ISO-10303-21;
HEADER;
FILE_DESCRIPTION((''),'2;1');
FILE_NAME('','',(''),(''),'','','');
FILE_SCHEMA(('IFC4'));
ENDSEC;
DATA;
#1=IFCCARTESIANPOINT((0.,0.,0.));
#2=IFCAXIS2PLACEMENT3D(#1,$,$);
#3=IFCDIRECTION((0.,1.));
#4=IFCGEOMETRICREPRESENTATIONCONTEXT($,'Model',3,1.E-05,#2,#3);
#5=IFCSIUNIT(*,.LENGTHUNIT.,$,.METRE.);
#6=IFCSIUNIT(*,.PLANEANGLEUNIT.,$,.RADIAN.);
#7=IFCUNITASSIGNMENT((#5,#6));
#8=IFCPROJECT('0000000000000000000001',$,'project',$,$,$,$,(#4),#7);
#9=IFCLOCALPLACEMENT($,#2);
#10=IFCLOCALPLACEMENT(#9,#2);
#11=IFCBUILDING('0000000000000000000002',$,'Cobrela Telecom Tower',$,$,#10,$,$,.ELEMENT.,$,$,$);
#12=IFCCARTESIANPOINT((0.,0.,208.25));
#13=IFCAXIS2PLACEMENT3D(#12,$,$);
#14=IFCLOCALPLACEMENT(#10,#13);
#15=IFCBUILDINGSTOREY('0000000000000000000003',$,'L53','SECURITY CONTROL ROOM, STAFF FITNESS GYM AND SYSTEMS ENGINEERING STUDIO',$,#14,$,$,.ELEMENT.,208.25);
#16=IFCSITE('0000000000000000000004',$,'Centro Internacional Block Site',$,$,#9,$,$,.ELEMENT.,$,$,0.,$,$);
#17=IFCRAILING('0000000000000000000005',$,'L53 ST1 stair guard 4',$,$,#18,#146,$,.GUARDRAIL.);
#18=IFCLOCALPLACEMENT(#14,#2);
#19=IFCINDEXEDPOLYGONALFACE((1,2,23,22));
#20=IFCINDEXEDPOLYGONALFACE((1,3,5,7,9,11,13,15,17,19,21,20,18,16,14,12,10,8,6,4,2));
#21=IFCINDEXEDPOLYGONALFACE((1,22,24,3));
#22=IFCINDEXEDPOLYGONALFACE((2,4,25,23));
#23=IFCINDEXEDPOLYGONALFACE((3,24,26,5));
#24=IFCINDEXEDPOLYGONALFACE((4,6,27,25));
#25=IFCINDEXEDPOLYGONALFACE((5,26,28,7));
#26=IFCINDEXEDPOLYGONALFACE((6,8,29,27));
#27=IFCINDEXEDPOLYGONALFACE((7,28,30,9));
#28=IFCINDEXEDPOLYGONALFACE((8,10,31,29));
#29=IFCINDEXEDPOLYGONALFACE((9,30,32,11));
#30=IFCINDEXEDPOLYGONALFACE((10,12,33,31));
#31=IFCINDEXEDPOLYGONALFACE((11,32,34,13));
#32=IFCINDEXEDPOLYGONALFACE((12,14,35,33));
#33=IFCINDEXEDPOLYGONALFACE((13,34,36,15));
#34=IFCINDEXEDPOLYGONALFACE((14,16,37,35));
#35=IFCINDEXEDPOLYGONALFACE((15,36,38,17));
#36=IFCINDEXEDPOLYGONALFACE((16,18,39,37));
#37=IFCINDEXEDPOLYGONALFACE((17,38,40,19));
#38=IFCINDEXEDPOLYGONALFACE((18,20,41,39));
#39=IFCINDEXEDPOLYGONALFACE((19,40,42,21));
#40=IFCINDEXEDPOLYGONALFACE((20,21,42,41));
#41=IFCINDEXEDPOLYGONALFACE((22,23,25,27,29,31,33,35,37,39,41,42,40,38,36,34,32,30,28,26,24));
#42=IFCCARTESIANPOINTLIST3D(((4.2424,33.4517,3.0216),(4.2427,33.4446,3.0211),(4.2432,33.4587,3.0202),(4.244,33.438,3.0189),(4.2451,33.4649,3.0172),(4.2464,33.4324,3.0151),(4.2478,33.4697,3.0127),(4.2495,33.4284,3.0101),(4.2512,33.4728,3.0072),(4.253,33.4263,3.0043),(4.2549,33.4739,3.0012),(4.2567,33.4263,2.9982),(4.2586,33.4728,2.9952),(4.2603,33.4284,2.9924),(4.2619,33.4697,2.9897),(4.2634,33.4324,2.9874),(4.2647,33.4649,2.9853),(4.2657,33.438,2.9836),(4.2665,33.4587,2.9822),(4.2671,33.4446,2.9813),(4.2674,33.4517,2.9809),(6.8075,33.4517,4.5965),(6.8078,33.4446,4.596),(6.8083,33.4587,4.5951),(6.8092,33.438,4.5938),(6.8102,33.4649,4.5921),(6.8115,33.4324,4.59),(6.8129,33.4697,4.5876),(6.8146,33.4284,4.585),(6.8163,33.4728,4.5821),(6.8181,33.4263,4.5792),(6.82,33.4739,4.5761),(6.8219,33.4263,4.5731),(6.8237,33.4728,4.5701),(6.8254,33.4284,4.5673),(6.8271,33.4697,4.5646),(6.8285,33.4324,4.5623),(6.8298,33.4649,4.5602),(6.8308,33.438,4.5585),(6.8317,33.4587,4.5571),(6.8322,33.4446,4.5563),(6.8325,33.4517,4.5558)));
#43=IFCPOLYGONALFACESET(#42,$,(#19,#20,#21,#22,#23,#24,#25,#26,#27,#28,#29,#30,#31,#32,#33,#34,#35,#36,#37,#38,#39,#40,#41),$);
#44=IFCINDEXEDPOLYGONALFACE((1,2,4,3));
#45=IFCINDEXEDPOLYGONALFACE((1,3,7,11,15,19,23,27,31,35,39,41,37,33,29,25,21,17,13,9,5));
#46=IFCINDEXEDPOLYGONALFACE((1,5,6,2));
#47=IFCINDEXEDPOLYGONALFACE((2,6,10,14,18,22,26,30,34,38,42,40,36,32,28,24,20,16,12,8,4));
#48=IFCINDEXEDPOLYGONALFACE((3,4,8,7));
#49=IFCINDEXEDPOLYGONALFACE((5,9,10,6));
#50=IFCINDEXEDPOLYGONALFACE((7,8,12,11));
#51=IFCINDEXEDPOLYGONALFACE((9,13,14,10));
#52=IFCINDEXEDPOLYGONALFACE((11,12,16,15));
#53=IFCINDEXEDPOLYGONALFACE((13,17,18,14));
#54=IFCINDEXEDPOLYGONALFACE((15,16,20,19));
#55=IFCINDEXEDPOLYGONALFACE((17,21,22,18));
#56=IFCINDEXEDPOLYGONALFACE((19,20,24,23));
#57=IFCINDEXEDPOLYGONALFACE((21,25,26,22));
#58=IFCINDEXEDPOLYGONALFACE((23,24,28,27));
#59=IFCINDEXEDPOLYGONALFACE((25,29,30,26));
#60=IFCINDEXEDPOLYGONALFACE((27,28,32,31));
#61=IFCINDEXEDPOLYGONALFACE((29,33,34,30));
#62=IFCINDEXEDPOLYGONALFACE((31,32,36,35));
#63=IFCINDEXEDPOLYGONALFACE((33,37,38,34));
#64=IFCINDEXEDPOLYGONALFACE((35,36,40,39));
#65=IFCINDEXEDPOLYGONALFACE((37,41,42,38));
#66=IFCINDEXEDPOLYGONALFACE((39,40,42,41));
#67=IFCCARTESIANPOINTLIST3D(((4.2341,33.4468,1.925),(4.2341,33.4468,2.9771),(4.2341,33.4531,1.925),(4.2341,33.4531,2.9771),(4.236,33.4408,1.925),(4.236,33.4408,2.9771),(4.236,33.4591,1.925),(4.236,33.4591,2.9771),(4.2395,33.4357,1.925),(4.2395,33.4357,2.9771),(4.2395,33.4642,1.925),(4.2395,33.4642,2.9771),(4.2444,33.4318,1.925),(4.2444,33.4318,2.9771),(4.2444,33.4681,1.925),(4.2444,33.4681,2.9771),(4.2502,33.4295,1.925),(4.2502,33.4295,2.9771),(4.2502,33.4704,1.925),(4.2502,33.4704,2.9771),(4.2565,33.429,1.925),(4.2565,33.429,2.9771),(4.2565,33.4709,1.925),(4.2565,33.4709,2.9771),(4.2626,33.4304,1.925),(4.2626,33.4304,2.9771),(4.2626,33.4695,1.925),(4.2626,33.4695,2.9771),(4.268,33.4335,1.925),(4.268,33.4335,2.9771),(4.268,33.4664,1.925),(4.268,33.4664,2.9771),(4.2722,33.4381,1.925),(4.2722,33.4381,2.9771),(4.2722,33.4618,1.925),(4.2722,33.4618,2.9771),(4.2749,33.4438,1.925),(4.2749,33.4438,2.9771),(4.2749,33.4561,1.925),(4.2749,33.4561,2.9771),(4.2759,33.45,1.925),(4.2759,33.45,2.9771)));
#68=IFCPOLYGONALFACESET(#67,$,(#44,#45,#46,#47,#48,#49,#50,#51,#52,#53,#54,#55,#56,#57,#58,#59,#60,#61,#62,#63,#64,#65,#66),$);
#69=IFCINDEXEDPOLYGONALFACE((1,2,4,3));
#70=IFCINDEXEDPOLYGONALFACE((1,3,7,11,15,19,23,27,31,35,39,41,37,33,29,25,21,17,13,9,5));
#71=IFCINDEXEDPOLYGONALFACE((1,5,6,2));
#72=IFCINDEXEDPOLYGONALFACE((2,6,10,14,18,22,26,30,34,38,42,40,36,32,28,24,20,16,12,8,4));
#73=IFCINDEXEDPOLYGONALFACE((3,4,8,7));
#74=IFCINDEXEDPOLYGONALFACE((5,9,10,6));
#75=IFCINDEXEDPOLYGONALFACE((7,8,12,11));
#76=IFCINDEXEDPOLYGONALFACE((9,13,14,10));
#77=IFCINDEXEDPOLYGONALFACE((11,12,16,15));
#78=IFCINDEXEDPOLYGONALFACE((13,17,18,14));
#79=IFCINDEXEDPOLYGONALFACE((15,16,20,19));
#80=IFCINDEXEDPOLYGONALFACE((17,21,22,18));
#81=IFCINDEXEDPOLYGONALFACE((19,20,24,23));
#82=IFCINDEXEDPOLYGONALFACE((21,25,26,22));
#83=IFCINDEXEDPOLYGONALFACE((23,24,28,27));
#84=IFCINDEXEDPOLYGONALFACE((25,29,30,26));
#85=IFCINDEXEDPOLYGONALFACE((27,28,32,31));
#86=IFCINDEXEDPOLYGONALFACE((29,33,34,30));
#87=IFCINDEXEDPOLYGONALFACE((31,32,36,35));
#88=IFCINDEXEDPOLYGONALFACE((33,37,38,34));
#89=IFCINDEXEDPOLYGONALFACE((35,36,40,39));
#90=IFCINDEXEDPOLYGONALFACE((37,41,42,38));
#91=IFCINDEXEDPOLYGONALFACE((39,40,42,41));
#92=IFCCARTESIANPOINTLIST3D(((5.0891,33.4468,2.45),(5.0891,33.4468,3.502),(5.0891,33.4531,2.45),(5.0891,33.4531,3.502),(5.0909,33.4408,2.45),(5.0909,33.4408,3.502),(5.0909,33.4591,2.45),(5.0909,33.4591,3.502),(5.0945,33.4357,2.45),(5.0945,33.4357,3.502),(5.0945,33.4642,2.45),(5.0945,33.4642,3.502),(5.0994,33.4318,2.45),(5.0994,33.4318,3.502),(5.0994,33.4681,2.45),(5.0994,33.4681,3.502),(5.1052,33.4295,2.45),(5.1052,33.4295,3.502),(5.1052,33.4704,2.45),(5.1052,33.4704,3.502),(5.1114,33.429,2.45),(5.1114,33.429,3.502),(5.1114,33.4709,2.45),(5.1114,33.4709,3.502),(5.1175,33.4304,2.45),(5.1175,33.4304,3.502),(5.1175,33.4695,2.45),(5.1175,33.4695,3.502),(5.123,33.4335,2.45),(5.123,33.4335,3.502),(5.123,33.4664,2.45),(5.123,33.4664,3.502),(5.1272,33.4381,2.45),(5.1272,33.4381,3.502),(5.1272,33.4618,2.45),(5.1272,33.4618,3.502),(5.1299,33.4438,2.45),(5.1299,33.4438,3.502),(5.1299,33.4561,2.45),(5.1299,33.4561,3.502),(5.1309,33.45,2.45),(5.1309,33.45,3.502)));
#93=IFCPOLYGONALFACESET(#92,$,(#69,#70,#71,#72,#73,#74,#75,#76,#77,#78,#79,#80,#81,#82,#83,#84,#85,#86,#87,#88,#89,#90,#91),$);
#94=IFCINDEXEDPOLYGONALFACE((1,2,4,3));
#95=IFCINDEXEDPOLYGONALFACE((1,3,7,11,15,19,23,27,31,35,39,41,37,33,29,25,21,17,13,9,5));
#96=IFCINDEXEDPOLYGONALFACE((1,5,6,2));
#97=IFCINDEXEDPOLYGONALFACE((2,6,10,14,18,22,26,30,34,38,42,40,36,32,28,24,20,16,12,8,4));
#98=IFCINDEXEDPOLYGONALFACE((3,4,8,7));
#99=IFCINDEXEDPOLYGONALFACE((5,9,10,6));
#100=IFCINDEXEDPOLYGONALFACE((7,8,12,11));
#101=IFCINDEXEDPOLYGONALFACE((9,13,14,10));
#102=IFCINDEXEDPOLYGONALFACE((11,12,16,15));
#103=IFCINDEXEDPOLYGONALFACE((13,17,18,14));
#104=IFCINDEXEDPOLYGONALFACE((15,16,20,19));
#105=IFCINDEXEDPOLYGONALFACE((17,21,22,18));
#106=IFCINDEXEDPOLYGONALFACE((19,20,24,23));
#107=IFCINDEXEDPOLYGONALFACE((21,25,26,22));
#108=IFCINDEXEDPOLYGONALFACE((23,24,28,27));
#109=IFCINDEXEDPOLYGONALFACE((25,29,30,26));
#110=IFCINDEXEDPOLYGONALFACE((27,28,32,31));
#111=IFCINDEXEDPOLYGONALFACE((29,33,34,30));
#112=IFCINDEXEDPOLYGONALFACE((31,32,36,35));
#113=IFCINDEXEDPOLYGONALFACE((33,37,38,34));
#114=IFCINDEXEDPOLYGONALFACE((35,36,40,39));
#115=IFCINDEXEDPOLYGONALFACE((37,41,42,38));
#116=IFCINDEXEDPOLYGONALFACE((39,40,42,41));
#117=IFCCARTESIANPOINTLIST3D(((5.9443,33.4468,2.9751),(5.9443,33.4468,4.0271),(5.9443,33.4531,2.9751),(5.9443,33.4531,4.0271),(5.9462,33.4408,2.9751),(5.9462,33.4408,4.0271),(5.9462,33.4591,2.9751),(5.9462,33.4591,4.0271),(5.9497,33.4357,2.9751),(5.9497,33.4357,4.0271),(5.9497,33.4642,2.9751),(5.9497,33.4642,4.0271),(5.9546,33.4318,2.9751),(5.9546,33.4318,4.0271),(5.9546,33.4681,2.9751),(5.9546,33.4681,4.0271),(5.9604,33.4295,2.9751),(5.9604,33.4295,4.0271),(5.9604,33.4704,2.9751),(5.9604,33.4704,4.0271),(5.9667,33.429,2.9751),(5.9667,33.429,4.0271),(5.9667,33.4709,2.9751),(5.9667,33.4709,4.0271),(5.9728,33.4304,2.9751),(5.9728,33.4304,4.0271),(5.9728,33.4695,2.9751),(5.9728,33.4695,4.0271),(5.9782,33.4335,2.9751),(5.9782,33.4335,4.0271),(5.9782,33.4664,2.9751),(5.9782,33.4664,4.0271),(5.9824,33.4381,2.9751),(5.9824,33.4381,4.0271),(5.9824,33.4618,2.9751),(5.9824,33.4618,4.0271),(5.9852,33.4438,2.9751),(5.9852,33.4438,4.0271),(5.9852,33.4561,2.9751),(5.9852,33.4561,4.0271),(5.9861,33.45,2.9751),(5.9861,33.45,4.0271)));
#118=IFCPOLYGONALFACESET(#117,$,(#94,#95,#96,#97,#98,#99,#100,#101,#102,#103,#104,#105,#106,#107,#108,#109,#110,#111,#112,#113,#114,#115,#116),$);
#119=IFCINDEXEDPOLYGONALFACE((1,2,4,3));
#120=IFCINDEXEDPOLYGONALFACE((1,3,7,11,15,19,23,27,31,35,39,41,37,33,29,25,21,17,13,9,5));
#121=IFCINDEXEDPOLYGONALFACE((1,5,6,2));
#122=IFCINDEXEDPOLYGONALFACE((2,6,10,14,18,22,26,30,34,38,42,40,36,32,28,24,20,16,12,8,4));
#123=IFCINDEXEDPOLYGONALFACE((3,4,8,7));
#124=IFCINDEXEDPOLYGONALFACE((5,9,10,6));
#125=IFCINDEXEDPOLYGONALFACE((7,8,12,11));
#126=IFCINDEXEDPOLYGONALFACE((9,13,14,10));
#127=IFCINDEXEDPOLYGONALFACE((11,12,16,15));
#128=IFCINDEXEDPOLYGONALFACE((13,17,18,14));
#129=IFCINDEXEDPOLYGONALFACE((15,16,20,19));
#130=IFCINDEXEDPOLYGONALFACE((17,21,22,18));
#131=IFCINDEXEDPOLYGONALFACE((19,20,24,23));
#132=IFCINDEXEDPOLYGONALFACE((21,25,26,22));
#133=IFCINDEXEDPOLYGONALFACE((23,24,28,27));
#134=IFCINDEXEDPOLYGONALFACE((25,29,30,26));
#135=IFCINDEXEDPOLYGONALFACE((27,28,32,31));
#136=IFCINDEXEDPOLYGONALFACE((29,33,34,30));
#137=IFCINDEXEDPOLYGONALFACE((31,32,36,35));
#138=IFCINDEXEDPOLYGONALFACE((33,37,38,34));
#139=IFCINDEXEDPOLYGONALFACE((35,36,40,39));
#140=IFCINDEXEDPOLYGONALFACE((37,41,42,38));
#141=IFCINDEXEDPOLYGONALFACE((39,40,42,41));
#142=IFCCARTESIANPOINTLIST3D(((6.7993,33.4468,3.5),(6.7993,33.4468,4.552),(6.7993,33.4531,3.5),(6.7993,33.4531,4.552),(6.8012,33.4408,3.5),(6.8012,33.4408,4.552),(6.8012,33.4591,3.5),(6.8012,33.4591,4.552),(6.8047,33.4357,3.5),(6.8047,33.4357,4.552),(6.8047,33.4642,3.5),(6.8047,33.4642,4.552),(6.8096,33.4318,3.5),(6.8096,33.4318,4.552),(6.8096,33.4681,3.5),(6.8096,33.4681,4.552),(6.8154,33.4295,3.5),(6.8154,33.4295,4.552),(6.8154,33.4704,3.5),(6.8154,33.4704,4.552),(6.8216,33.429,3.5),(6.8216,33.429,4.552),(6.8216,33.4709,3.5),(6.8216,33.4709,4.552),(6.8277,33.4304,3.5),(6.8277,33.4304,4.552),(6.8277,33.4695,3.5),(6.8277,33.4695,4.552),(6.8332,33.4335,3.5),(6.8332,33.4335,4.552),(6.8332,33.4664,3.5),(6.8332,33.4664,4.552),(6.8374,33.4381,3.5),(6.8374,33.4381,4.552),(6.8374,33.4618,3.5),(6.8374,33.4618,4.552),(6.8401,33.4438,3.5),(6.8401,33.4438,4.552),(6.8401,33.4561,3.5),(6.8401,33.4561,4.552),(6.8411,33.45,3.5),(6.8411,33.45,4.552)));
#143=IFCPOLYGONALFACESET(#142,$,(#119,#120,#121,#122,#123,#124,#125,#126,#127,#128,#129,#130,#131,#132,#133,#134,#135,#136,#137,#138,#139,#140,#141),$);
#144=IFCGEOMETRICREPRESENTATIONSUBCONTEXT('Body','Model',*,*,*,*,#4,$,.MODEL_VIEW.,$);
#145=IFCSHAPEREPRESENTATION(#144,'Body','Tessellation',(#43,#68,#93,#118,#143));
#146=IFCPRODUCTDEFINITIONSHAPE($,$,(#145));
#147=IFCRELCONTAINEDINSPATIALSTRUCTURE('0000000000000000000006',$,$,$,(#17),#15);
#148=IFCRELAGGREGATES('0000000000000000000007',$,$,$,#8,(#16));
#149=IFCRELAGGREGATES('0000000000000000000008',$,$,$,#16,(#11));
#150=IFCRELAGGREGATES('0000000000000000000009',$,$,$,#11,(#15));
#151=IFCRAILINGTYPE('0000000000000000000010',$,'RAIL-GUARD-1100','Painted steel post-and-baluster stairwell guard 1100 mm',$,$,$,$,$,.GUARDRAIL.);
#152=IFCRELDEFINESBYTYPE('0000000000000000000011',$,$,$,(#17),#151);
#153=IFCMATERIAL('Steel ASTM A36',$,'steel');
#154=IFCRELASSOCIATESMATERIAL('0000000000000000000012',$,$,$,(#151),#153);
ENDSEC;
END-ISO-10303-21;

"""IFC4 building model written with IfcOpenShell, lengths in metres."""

from ifc_helpers import new_model, si_unit, direction, frame, origin, origin_2d, place, context, subcontext, project, spatial, circle, extrude, material, type_object, element, save


model = new_model("IFC4")

# Units and contexts
model_context = context("Model", 3, precision=1e-05, world=origin(), true_north=direction((0.0, 1.0)))
body_context = subcontext(model_context, "Body", "Model", "MODEL_VIEW")
ifc_project = project(units=[si_unit("LENGTHUNIT", "METRE"), si_unit("PLANEANGLEUNIT", "RADIAN")], contexts=[model_context])

# Site, building, storey
site_placement = place(None, origin())
site = spatial("IfcSite", under=ifc_project, at=site_placement, Name="Centro Internacional Block Site", CompositionType="ELEMENT", RefElevation=0.0)
building_placement = place(site_placement, origin())
building = spatial("IfcBuilding", under=site, at=building_placement, Name="Cobrela Telecom Tower", CompositionType="ELEMENT")
storey_placement = place(building_placement, frame((0.0, 0.0, 208.25)))
storey = spatial("IfcBuildingStorey", under=building, at=storey_placement, Name="L53", Description="SECURITY CONTROL ROOM, STAFF FITNESS GYM AND SYSTEMS ENGINEERING STUDIO", CompositionType="ELEMENT", Elevation=208.25)

# Shared definitions
ifc_material_1 = material(Name="Steel ASTM A36", Category="steel")

# Railing
railing_type_1 = type_object("IfcRailingType", Name="RAIL-GUARD-1100", Description="Painted steel post-and-baluster stairwell guard 1100 mm", PredefinedType="GUARDRAIL", material=ifc_material_1)
railing_1_placement = place(storey_placement, frame((4.2549, 33.45, 1.925)))
element("IfcRailing", 1, at=railing_1_placement, inside=storey, type_object=railing_type_1, Name="L53 ST1 stair guard 4", PredefinedType="GUARDRAIL", context=body_context, shape_type="SweptSolid", body=[
    extrude(circle(Radius=0.0239, at=origin_2d()), frame((0.0, 0.0, 1.0762), z_axis=(0.852195, 0.0, 0.523224), x_axis=(0.0, 1.0, 0.0)), (0.0, 0.0, 1.0), 3.01),
    extrude(circle(Radius=0.021, at=origin_2d()), origin(), (0.0, 0.0, 1.0), 1.052),
    extrude(circle(Radius=0.021, at=origin_2d()), frame((0.855, 0.0, 0.5249)), (0.0, 0.0, 1.0), 1.052),
    extrude(circle(Radius=0.021, at=origin_2d()), frame((1.7102, 0.0, 1.05)), (0.0, 0.0, 1.0), 1.052),
    extrude(circle(Radius=0.021, at=origin_2d()), frame((2.5652, 0.0, 1.575)), (0.0, 0.0, 1.0), 1.052),
])

save(model, "model.ifc")
